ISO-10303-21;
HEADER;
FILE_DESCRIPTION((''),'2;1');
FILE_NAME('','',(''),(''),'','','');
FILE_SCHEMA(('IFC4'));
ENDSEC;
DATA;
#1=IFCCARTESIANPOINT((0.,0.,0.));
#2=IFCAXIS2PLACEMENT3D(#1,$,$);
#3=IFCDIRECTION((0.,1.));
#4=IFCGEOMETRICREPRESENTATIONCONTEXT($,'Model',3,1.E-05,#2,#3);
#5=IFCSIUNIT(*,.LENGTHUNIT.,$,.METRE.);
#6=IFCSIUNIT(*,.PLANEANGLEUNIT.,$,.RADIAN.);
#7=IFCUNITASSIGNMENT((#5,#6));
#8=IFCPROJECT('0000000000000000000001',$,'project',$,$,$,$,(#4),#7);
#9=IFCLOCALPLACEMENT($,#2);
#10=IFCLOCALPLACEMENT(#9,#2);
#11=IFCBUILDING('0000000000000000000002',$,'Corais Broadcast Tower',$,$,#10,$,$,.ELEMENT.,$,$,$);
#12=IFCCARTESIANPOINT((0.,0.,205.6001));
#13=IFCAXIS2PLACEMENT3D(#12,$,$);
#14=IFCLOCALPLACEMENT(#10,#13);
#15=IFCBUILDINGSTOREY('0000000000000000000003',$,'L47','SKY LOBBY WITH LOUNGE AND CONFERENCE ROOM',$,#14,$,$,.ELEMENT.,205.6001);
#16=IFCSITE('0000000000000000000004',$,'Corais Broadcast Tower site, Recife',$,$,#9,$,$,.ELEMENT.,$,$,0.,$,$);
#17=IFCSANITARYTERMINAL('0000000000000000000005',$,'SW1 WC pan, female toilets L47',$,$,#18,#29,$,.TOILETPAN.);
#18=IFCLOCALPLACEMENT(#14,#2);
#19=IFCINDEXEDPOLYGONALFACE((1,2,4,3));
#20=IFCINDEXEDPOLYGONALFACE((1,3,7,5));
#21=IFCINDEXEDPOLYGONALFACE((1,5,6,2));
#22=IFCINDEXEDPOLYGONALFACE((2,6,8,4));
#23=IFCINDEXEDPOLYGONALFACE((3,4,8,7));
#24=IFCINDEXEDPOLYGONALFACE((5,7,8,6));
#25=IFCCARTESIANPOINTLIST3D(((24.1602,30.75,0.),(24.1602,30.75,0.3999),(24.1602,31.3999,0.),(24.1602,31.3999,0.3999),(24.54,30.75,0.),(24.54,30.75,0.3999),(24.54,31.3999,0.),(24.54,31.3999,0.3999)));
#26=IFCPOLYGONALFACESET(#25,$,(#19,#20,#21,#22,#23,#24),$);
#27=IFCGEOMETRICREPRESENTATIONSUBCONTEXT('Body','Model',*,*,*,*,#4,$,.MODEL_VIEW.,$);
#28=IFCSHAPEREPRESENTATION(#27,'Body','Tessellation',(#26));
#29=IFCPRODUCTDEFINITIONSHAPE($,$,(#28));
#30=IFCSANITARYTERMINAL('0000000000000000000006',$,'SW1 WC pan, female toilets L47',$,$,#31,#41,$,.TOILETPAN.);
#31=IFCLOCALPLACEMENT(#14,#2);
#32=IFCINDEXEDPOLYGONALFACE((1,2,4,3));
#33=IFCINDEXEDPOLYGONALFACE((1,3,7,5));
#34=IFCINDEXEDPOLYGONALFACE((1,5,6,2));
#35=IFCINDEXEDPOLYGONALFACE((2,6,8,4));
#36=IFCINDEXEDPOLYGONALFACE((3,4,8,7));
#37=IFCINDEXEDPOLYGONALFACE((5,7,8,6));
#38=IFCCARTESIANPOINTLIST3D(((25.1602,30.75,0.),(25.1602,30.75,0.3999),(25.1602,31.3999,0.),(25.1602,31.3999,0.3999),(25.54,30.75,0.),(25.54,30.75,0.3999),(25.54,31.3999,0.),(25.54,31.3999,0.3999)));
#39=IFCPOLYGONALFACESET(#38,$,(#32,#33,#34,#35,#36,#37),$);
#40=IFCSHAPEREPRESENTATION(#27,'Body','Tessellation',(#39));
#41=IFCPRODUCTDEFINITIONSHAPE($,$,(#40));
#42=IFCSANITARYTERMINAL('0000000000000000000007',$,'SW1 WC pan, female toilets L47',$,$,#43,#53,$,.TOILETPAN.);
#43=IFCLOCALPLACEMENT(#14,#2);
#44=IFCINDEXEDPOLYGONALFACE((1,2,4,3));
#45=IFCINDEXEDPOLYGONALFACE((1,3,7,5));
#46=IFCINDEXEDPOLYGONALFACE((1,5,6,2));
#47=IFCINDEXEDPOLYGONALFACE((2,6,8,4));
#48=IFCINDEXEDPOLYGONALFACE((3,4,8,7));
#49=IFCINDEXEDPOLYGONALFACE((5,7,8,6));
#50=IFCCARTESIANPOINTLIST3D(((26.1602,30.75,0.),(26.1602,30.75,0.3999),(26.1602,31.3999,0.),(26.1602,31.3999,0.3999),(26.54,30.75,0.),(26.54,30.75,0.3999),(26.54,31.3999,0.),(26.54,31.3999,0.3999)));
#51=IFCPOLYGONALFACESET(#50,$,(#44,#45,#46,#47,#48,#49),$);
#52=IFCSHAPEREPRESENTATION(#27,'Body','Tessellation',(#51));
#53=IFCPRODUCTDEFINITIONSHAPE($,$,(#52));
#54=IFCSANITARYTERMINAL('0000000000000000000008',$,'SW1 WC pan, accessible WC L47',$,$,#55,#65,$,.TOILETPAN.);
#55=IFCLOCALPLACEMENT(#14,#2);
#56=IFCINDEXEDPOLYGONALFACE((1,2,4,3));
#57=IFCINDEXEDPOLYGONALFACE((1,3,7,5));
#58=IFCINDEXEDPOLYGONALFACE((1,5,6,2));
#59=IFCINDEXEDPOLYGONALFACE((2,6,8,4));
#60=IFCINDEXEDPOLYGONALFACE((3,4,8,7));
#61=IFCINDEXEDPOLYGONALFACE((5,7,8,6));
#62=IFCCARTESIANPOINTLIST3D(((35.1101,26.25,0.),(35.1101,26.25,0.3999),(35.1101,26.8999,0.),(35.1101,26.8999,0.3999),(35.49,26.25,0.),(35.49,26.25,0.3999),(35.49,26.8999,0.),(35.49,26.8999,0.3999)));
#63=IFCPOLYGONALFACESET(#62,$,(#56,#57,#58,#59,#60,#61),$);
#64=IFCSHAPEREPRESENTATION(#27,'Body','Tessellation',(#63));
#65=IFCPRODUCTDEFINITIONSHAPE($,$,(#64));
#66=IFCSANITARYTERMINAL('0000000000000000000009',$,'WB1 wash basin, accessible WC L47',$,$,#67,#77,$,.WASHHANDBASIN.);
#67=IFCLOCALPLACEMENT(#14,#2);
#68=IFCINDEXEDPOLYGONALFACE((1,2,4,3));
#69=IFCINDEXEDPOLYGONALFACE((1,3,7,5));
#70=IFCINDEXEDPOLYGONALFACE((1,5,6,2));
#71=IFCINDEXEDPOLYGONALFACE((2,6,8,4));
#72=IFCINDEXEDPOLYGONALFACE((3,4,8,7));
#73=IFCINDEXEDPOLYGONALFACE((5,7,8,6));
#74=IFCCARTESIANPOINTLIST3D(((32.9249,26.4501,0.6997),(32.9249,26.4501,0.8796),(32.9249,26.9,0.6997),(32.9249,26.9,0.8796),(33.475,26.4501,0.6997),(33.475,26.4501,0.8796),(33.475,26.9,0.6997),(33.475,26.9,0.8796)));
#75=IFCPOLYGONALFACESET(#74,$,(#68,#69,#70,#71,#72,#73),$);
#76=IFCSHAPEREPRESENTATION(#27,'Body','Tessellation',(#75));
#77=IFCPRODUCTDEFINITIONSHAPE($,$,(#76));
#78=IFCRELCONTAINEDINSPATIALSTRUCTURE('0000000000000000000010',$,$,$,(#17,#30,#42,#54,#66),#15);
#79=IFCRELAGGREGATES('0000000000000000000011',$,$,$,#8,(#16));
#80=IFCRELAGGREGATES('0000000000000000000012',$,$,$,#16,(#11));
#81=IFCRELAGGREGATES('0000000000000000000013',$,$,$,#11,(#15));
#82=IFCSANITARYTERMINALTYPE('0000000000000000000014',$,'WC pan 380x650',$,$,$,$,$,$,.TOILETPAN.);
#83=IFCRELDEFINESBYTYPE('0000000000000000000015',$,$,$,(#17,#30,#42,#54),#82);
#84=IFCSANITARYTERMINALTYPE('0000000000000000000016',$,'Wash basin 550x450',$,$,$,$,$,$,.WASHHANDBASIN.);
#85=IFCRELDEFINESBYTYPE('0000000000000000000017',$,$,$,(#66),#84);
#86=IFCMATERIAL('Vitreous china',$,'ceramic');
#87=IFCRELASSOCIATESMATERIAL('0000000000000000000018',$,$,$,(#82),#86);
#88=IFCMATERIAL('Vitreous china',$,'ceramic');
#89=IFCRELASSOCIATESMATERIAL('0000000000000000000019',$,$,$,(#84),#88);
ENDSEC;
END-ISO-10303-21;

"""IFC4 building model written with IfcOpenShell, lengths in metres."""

from ifc_helpers import new_model, si_unit, direction, frame, origin, origin_2d, place, context, subcontext, project, spatial, rectangle, extrude, material, type_object, element, save


model = new_model("IFC4")

# Units and contexts
model_context = context("Model", 3, precision=1e-05, world=origin(), true_north=direction((0.0, 1.0)))
body_context = subcontext(model_context, "Body", "Model", "MODEL_VIEW")
ifc_project = project(units=[si_unit("LENGTHUNIT", "METRE"), si_unit("PLANEANGLEUNIT", "RADIAN")], contexts=[model_context])

# Site, building, storey
site_placement = place(None, origin())
site = spatial("IfcSite", under=ifc_project, at=site_placement, Name="Corais Broadcast Tower site, Recife", CompositionType="ELEMENT", RefElevation=0.0)
building_placement = place(site_placement, origin())
building = spatial("IfcBuilding", under=site, at=building_placement, Name="Corais Broadcast Tower", CompositionType="ELEMENT")
storey_placement = place(building_placement, frame((0.0, 0.0, 205.6001)))
storey = spatial("IfcBuildingStorey", under=building, at=storey_placement, Name="L47", Description="SKY LOBBY WITH LOUNGE AND CONFERENCE ROOM", CompositionType="ELEMENT", Elevation=205.6001)

# Sanitary terminals
ifc_material_1 = material(Name="Vitreous china", Category="ceramic")
sanitary_terminal_type_1 = type_object("IfcSanitaryTerminalType", Name="WC pan 380x650", PredefinedType="TOILETPAN", material=ifc_material_1)
for number, where, z_axis, x_axis, name in (
    (1, (24.3501, 31.075, 0.0), (0.0, 0.0, 1.0), (1.0, 0.0, 0.0), "SW1 WC pan, female toilets L47"),
    (2, (25.3501, 31.075, 0.0), (0.0, 0.0, 1.0), (1.0, 0.0, 0.0), "SW1 WC pan, female toilets L47"),
    (3, (26.3501, 31.075, 0.0), (0.0, 0.0, 1.0), (1.0, 0.0, 0.0), "SW1 WC pan, female toilets L47"),
    (4, (35.3, 26.575, 0.0), (0.0, 0.0, 1.0), (1.0, 0.0, 0.0), "SW1 WC pan, accessible WC L47"),
):
    element("IfcSanitaryTerminal", number, at=place(storey_placement, frame(where, z_axis=z_axis, x_axis=x_axis)), inside=storey, type_object=sanitary_terminal_type_1, Name=name, PredefinedType="TOILETPAN", context=body_context, shape_type="SweptSolid", body=[
        extrude(rectangle(XDim=0.3799, YDim=0.6499, at=origin_2d()), origin(), (0.0, 0.0, 1.0), 0.3999),
    ])
ifc_material_2 = material(Name="Vitreous china", Category="ceramic")
sanitary_terminal_type_2 = type_object("IfcSanitaryTerminalType", Name="Wash basin 550x450", PredefinedType="WASHHANDBASIN", material=ifc_material_2)
sanitary_terminal_placement = place(storey_placement, frame((33.2, 26.675, 0.6997), z_axis=(0.0, 0.0, 1.0), x_axis=(1.0, 0.0, 0.0)))
element("IfcSanitaryTerminal", 5, at=sanitary_terminal_placement, inside=storey, type_object=sanitary_terminal_type_2, Name="WB1 wash basin, accessible WC L47", PredefinedType="WASHHANDBASIN", context=body_context, shape_type="SweptSolid", body=[
    extrude(rectangle(XDim=0.55, YDim=0.45, at=origin_2d()), origin(), (0.0, 0.0, 1.0), 0.1799),
])

save(model, "model.ifc")
